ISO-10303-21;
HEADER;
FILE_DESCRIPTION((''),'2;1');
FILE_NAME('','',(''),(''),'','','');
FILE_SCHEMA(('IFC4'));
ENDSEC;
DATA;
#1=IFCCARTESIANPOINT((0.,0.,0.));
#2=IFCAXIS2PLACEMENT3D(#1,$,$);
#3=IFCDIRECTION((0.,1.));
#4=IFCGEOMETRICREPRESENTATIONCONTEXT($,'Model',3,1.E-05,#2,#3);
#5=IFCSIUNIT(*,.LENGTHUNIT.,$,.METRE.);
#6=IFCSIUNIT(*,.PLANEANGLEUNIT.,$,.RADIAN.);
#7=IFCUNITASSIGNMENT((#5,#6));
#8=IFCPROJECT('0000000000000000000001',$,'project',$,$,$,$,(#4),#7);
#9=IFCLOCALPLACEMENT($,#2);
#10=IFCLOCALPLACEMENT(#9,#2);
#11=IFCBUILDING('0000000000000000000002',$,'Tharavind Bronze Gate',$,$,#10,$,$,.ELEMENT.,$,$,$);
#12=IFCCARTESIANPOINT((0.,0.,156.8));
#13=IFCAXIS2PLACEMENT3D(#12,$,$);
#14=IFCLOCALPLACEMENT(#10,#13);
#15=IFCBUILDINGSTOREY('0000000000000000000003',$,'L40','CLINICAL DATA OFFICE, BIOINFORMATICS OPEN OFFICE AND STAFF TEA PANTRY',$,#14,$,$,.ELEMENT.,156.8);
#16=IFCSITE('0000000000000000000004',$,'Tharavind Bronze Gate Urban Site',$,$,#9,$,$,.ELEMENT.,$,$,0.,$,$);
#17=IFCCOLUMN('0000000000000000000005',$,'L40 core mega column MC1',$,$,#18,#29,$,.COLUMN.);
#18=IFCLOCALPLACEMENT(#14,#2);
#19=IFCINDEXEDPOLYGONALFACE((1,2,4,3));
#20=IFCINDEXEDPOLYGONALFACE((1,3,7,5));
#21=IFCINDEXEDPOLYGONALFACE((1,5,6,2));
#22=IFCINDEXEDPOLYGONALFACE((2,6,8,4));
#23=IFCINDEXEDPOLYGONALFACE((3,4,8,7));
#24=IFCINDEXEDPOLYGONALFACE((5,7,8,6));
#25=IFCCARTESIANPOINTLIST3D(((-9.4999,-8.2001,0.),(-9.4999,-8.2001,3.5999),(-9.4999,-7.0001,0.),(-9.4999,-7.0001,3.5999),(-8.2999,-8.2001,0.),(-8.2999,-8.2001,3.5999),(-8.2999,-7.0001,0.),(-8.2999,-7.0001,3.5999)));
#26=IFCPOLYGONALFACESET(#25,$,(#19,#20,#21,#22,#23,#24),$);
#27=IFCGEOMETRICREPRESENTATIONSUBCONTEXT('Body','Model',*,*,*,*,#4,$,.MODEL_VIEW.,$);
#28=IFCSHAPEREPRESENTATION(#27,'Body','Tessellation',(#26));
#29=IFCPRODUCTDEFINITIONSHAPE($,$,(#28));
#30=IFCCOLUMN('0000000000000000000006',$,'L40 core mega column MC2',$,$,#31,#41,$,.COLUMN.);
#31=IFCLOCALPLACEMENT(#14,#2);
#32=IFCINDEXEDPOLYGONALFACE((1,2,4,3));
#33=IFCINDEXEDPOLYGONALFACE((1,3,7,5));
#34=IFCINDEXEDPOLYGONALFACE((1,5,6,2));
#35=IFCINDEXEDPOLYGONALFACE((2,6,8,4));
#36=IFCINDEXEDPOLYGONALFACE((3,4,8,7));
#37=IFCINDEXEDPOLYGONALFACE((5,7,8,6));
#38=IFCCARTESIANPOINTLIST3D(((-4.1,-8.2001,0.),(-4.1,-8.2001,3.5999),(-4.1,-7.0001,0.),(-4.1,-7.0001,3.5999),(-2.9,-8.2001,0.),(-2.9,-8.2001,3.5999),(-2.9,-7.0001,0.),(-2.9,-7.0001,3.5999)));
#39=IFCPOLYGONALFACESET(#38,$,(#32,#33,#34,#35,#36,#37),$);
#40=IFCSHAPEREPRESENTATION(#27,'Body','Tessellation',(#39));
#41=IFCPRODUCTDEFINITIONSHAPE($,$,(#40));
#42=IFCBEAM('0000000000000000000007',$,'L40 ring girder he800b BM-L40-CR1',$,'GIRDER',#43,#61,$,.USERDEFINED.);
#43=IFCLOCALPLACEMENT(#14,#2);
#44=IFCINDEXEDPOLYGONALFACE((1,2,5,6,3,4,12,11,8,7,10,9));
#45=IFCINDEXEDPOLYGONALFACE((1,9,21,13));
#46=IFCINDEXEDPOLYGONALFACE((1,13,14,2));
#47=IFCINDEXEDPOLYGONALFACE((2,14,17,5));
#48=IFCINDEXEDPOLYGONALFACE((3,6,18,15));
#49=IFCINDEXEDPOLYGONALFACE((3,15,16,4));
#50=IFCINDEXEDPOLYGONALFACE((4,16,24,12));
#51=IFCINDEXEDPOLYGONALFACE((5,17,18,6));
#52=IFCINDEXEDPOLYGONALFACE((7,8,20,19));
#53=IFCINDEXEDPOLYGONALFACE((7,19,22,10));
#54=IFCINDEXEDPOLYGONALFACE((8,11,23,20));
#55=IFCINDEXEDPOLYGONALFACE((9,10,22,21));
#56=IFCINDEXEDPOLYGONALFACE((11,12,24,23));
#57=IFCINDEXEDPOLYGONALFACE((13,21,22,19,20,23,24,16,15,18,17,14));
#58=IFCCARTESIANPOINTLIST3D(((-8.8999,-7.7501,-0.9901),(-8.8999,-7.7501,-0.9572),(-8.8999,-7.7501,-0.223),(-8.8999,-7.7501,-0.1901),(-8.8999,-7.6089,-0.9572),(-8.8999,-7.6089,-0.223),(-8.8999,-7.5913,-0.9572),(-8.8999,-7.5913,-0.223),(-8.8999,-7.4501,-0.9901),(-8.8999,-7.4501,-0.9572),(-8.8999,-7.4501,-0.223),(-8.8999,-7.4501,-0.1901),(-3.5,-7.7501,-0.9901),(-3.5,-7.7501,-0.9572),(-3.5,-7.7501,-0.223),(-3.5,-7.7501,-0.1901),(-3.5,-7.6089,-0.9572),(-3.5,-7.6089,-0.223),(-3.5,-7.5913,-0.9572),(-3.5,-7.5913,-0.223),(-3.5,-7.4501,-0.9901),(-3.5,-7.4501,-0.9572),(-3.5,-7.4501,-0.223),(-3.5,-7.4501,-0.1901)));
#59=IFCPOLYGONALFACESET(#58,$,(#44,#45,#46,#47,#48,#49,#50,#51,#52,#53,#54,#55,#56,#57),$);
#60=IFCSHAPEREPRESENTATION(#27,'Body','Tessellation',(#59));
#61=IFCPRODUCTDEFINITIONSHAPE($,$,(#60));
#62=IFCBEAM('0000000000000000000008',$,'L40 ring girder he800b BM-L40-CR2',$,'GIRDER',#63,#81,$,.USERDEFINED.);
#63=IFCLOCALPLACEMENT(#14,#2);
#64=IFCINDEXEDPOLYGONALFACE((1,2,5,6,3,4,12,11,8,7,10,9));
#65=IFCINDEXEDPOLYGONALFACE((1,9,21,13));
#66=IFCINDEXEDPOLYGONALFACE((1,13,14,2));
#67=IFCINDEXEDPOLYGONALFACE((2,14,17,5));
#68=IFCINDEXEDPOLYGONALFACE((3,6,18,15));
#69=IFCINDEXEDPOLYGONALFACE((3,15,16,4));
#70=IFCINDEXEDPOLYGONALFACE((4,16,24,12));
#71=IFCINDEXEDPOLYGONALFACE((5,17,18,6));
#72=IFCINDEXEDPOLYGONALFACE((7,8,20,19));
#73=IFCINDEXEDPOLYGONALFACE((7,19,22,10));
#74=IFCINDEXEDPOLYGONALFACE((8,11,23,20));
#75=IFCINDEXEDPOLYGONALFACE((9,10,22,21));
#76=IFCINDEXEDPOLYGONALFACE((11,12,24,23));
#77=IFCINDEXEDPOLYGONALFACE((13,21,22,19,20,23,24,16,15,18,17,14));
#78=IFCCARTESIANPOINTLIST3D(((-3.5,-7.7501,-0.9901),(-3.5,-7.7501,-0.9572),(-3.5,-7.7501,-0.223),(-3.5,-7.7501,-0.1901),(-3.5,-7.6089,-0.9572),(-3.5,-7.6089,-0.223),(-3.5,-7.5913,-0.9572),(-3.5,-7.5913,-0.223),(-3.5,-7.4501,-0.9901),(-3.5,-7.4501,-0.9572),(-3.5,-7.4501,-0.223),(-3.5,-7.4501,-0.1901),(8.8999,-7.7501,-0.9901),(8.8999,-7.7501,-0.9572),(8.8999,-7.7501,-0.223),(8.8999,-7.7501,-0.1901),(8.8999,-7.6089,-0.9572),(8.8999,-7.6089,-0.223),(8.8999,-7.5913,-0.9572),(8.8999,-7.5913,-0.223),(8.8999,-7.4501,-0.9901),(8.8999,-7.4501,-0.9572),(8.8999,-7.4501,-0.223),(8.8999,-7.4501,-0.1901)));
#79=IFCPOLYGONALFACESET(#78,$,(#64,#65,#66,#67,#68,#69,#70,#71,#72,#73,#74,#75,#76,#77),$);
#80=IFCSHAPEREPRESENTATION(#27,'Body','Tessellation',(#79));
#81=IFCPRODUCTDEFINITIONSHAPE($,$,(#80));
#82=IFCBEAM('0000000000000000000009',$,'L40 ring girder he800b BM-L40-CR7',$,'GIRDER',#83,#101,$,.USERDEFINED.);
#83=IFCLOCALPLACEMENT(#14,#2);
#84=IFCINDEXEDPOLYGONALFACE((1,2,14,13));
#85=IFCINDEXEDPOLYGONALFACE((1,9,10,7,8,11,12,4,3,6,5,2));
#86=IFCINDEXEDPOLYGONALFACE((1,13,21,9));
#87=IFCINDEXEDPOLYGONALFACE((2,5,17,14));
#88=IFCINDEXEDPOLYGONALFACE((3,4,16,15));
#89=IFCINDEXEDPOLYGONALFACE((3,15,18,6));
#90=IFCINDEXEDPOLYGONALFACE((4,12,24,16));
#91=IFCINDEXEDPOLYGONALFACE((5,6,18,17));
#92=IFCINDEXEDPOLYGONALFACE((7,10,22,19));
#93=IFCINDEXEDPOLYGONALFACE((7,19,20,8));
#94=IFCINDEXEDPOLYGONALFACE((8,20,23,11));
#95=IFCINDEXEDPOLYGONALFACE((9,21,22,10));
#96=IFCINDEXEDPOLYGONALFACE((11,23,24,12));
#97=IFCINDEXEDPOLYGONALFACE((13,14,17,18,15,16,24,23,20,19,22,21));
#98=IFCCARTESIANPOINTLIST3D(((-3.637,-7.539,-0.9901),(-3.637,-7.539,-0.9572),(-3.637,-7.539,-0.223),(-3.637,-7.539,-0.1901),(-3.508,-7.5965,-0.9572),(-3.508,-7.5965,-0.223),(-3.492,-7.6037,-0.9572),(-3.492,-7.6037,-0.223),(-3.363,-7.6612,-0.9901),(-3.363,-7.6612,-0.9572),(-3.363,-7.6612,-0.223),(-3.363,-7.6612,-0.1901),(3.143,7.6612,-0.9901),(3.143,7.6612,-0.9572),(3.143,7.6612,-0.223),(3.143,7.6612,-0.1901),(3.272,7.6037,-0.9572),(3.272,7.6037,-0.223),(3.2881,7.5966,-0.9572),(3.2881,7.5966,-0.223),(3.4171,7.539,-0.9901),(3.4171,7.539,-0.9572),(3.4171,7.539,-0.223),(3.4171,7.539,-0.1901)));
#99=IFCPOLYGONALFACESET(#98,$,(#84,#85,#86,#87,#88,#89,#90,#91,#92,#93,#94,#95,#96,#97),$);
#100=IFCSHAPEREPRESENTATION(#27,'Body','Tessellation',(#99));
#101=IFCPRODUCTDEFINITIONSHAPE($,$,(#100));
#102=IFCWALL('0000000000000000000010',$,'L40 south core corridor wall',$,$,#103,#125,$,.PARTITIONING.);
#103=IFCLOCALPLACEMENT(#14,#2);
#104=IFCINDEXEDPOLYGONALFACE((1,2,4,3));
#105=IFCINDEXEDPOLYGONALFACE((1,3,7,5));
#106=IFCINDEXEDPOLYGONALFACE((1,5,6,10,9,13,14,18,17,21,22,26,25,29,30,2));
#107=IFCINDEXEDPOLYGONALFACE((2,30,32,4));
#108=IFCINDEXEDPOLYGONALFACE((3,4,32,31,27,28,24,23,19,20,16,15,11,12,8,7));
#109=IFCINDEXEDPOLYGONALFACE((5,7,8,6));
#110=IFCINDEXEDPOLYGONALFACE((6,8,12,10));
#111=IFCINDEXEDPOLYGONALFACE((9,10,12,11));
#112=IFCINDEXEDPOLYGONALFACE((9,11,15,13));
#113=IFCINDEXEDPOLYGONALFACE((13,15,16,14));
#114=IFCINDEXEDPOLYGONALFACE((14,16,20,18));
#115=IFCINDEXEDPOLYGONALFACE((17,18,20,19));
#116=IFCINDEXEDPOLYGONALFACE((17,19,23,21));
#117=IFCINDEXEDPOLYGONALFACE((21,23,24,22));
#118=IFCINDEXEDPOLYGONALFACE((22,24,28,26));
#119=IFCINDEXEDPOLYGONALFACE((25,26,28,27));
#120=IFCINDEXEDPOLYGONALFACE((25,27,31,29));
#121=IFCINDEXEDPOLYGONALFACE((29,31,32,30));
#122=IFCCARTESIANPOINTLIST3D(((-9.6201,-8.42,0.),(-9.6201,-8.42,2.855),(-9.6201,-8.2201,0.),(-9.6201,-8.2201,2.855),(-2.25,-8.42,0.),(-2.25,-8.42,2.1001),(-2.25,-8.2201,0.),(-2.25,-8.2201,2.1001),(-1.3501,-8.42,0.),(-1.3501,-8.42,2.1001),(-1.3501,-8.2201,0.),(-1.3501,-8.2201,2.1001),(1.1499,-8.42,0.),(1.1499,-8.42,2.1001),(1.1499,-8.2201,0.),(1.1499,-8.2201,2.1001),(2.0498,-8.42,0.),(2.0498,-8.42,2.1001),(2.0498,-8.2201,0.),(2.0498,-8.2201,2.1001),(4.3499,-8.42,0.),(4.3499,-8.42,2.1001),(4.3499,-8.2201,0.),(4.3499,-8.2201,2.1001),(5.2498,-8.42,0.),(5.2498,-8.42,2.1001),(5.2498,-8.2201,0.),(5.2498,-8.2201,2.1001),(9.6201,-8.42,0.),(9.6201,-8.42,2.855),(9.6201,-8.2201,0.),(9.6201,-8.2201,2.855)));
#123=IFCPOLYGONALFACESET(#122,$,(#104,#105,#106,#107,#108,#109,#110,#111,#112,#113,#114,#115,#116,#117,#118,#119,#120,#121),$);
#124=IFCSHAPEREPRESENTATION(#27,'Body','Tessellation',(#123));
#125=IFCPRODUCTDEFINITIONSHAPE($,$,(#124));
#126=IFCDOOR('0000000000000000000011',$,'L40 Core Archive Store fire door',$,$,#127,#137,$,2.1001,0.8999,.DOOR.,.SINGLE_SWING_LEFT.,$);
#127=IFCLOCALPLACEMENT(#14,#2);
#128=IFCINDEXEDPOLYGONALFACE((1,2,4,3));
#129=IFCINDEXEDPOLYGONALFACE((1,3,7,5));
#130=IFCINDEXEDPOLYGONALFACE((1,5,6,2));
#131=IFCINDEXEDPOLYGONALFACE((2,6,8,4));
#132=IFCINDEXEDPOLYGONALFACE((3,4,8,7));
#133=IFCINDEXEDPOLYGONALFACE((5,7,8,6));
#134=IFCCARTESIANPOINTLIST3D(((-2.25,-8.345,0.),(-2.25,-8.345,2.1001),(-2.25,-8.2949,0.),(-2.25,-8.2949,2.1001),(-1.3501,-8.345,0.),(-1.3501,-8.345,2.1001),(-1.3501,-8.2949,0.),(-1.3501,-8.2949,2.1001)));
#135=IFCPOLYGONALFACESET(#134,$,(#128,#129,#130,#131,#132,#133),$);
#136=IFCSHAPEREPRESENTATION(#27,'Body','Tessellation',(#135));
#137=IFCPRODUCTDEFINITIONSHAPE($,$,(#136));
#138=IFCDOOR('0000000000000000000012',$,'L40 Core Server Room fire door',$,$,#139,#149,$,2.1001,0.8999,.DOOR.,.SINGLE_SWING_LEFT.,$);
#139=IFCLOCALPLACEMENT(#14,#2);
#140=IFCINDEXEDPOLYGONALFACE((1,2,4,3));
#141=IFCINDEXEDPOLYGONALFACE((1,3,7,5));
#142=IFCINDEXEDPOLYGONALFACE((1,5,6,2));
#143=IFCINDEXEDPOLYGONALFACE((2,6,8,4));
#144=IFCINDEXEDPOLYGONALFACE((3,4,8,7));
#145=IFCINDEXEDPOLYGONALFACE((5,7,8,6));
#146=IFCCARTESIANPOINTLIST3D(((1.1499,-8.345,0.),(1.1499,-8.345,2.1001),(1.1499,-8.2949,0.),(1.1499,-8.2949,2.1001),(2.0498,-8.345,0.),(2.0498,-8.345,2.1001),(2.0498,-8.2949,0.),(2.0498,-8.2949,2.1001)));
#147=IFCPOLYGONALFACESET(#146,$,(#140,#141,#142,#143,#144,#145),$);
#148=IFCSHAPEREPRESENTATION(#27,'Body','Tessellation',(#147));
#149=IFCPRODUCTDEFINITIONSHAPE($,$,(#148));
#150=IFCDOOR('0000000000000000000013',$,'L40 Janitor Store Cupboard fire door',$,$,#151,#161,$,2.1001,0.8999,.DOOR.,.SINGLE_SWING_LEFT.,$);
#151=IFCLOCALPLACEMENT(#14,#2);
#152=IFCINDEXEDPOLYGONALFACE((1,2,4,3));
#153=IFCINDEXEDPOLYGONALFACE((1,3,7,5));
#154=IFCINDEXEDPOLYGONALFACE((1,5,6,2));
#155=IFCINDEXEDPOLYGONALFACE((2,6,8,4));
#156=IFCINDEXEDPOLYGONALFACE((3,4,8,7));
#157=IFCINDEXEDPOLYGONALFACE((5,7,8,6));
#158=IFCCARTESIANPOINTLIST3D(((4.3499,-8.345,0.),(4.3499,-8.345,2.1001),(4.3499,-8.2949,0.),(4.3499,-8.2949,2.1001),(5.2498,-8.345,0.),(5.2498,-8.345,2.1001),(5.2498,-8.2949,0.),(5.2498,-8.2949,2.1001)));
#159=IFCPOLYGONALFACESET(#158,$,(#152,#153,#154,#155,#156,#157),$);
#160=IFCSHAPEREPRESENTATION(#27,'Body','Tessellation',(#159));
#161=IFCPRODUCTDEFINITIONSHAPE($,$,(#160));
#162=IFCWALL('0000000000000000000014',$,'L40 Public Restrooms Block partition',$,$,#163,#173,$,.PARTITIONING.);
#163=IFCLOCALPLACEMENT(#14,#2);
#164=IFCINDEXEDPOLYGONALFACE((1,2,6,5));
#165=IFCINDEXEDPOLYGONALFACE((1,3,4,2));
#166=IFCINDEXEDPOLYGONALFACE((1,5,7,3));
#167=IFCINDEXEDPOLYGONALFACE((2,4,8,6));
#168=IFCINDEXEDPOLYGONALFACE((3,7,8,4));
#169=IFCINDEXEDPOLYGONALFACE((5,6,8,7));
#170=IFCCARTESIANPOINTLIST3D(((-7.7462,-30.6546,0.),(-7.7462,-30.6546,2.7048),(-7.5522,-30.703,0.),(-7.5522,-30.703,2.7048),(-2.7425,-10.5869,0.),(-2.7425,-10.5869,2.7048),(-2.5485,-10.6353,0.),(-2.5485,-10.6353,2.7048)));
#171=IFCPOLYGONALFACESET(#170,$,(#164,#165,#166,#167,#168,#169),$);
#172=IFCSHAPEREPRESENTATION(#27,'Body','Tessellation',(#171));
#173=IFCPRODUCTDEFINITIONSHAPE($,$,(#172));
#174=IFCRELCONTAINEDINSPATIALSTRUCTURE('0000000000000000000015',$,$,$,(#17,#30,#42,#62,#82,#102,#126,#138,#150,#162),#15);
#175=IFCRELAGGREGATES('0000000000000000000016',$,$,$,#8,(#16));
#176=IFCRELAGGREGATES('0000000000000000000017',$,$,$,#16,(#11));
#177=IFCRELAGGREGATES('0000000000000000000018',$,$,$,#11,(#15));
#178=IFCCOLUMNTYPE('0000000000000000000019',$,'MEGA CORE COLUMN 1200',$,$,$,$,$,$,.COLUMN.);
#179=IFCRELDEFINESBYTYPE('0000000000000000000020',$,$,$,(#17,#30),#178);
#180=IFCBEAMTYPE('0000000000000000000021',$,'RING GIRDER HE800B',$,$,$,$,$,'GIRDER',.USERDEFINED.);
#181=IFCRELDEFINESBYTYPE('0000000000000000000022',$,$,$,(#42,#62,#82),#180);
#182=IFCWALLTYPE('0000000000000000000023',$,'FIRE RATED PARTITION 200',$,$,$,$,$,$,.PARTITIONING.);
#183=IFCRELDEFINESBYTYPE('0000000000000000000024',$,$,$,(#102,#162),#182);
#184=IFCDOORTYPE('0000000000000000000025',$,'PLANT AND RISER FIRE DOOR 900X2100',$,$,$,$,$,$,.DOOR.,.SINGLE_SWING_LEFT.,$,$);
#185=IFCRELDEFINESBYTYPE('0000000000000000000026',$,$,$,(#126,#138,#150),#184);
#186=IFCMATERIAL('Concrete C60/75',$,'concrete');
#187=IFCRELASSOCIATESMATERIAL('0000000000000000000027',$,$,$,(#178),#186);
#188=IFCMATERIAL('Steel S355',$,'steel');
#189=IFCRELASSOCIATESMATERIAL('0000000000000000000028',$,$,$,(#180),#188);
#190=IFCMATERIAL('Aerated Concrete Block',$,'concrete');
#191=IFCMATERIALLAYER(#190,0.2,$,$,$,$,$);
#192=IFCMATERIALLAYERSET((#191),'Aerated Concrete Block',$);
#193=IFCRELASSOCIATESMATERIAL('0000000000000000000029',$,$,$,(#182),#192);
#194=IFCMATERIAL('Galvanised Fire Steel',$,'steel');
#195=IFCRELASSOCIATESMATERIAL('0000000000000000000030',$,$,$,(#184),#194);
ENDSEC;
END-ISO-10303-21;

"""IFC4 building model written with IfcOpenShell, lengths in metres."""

from ifc_helpers import new_model, si_unit, direction, frame, frame_2d, origin, origin_2d, place, context, subcontext, project, spatial, rectangle, i_section, extrude, material, layer, layer_set, material_profile, profile_set, type_object, element, fill, save


model = new_model("IFC4")

# Units and contexts
model_context = context("Model", 3, precision=1e-05, world=origin(), true_north=direction((0.0, 1.0)))
body_context = subcontext(model_context, "Body", "Model", "MODEL_VIEW")
ifc_project = project(units=[si_unit("LENGTHUNIT", "METRE"), si_unit("PLANEANGLEUNIT", "RADIAN")], contexts=[model_context])

# Site, building, storey
site_placement = place(None, origin())
site = spatial("IfcSite", under=ifc_project, at=site_placement, Name="Tharavind Bronze Gate Urban Site", CompositionType="ELEMENT", RefElevation=0.0)
building_placement = place(site_placement, origin())
building = spatial("IfcBuilding", under=site, at=building_placement, Name="Tharavind Bronze Gate", CompositionType="ELEMENT")
storey_placement = place(building_placement, frame((0.0, 0.0, 156.8)))
storey = spatial("IfcBuildingStorey", under=building, at=storey_placement, Name="L40", Description="CLINICAL DATA OFFICE, BIOINFORMATICS OPEN OFFICE AND STAFF TEA PANTRY", CompositionType="ELEMENT", Elevation=156.8)

# Columns
ifc_material_1 = material(Name="Concrete C60/75", Category="concrete")
ifc_material_profile_1 = material_profile(ifc_material_1, rectangle(XDim=1.2, YDim=1.2, at=origin_2d()), Name="RCCOL1200")
ifc_profile_set_1 = profile_set([ifc_material_profile_1], Name="Concrete C60/75")
column_type = type_object("IfcColumnType", Name="MEGA CORE COLUMN 1200", PredefinedType="COLUMN", material=ifc_profile_set_1)
for number, where, z_axis, x_axis, name in (
    (1, (-8.8999, -7.6001, 0.0), (0.0, 0.0, 1.0), (1.0, 0.0, 0.0), "L40 core mega column MC1"),
    (2, (-3.5, -7.6001, 0.0), (0.0, 0.0, 1.0), (1.0, 0.0, 0.0), "L40 core mega column MC2"),
):
    element("IfcColumn", number, at=place(storey_placement, frame(where, z_axis=z_axis, x_axis=x_axis)), inside=storey, type_object=column_type, Name=name, PredefinedType="COLUMN", context=body_context, shape_type="SweptSolid", body=[
        extrude(rectangle(XDim=1.2, YDim=1.2, at=origin_2d()), origin(), (0.0, 0.0, 1.0), 3.5999),
    ])

# Beams
ifc_material_2 = material(Name="Steel S355", Category="steel")
ifc_material_profile_2 = material_profile(ifc_material_2, i_section(OverallWidth=0.3, OverallDepth=0.8, WebThickness=0.0176, FlangeThickness=0.033, at=origin_2d()), Name="HE800B")
ifc_profile_set_2 = profile_set([ifc_material_profile_2], Name="Steel S355")
beam_type = type_object("IfcBeamType", Name="RING GIRDER HE800B", ElementType="GIRDER", PredefinedType="USERDEFINED", material=ifc_profile_set_2)
beam_1_placement = place(storey_placement, frame((-8.8999, -7.6001, -0.5901), z_axis=(1.0, 0.0, 0.0), x_axis=(0.0, 1.0, 0.0)))
element("IfcBeam", 3, at=beam_1_placement, inside=storey, type_object=beam_type, Name="L40 ring girder he800b BM-L40-CR1", ObjectType="GIRDER", PredefinedType="USERDEFINED", context=body_context, shape_type="SweptSolid", body=[
    extrude(i_section(OverallWidth=0.3, OverallDepth=0.8, WebThickness=0.0176, FlangeThickness=0.033, at=origin_2d()), origin(), (0.0, 0.0, 1.0), 5.3999),
])
beam_2_placement = place(storey_placement, frame((-3.5, -7.6001, -0.5901), z_axis=(1.0, 0.0, 0.0), x_axis=(0.0, 1.0, 0.0)))
element("IfcBeam", 4, at=beam_2_placement, inside=storey, type_object=beam_type, Name="L40 ring girder he800b BM-L40-CR2", ObjectType="GIRDER", PredefinedType="USERDEFINED", context=body_context, shape_type="SweptSolid", body=[
    extrude(i_section(OverallWidth=0.3, OverallDepth=0.8, WebThickness=0.0176, FlangeThickness=0.033, at=origin_2d()), origin(), (0.0, 0.0, 1.0), 12.3999),
])
beam_3_placement = place(storey_placement, frame((-3.5, -7.6001, -0.5901), z_axis=(0.407362, 0.913267, 0.0), x_axis=(-0.913267, 0.407362, 0.0)))
element("IfcBeam", 5, at=beam_3_placement, inside=storey, type_object=beam_type, Name="L40 ring girder he800b BM-L40-CR7", ObjectType="GIRDER", PredefinedType="USERDEFINED", context=body_context, shape_type="SweptSolid", body=[
    extrude(i_section(OverallWidth=0.3, OverallDepth=0.8, WebThickness=0.0176, FlangeThickness=0.033, at=origin_2d()), origin(), (0.0, 0.0, 1.0), 16.6438),
])

# Wall, openings, doors
ifc_material_3 = material(Name="Aerated Concrete Block", Category="concrete")
ifc_layer_1 = layer(ifc_material_3, 0.2)
ifc_layer_set_1 = layer_set([ifc_layer_1], Name="Aerated Concrete Block")
wall_type_1 = type_object("IfcWallType", Name="FIRE RATED PARTITION 200", PredefinedType="PARTITIONING", material=ifc_layer_set_1)
wall_1_placement = place(storey_placement, frame((-9.6201, -8.3201, 0.0), z_axis=(0.0, 0.0, 1.0), x_axis=(1.0, 0.0, 0.0)))
wall_1 = element("IfcWall", 6, at=wall_1_placement, inside=storey, type_object=wall_type_1, Name="L40 south core corridor wall", PredefinedType="PARTITIONING", context=body_context, shape_type="SweptSolid", body=[
    extrude(rectangle(XDim=19.2402, YDim=0.2, at=frame_2d((9.6201, 0.0))), origin(), (0.0, 0.0, 1.0), 2.855),
])
opening_1_placement = place(wall_1_placement, frame((7.3701, 0.0, 0.0)))
opening_1 = element("IfcOpeningElement", 7, at=opening_1_placement, cuts=wall_1, PredefinedType="OPENING", context=body_context, shape_type="SweptSolid", body=[
    extrude(rectangle(XDim=0.8999, YDim=2.1001, at=frame_2d((0.45, 1.05))), frame((0.0, 0.1101, 0.0), z_axis=(0.0, -1.0, 0.0), x_axis=(1.0, 0.0, 0.0)), (0.0, 0.0, 1.0), 0.22),
])
opening_2_placement = place(wall_1_placement, frame((10.77, 0.0, 0.0)))
opening_2 = element("IfcOpeningElement", 8, at=opening_2_placement, cuts=wall_1, PredefinedType="OPENING", context=body_context, shape_type="SweptSolid", body=[
    extrude(rectangle(XDim=0.8999, YDim=2.1001, at=frame_2d((0.45, 1.05))), frame((0.0, 0.1101, 0.0), z_axis=(0.0, -1.0, 0.0), x_axis=(1.0, 0.0, 0.0)), (0.0, 0.0, 1.0), 0.22),
])
opening_3_placement = place(wall_1_placement, frame((13.97, 0.0, 0.0)))
opening_3 = element("IfcOpeningElement", 9, at=opening_3_placement, cuts=wall_1, PredefinedType="OPENING", context=body_context, shape_type="SweptSolid", body=[
    extrude(rectangle(XDim=0.8999, YDim=2.1001, at=frame_2d((0.45, 1.05))), frame((0.0, 0.1101, 0.0), z_axis=(0.0, -1.0, 0.0), x_axis=(1.0, 0.0, 0.0)), (0.0, 0.0, 1.0), 0.22),
])
ifc_material_4 = material(Name="Galvanised Fire Steel", Category="steel")
door_type_1 = type_object("IfcDoorType", Name="PLANT AND RISER FIRE DOOR 900X2100", OperationType="SINGLE_SWING_LEFT", PredefinedType="DOOR", material=ifc_material_4)
door_1_placement = place(opening_1_placement, frame((0.8999, 0.0, 0.0), z_axis=(0.0, 0.0, 1.0), x_axis=(-1.0, 0.0, 0.0)))
door_1 = element("IfcDoor", 10, at=door_1_placement, inside=storey, type_object=door_type_1, Name="L40 Core Archive Store fire door", OperationType="SINGLE_SWING_LEFT", OverallHeight=2.1001, OverallWidth=0.8999, PredefinedType="DOOR", context=body_context, shape_type="SweptSolid", body=[
    extrude(rectangle(XDim=0.8999, YDim=2.1001, at=frame_2d((0.45, 1.05))), frame((0.0, 0.0249, 0.0), z_axis=(0.0, -1.0, 0.0), x_axis=(1.0, 0.0, 0.0)), (0.0, 0.0, 1.0), 0.05),
])
fill(opening_1, door_1)
door_2_placement = place(opening_2_placement, frame((0.8999, 0.0, 0.0), z_axis=(0.0, 0.0, 1.0), x_axis=(-1.0, 0.0, 0.0)))
door_2 = element("IfcDoor", 11, at=door_2_placement, inside=storey, type_object=door_type_1, Name="L40 Core Server Room fire door", OperationType="SINGLE_SWING_LEFT", OverallHeight=2.1001, OverallWidth=0.8999, PredefinedType="DOOR", context=body_context, shape_type="SweptSolid", body=[
    extrude(rectangle(XDim=0.8999, YDim=2.1001, at=frame_2d((0.45, 1.05))), frame((0.0, 0.0249, 0.0), z_axis=(0.0, -1.0, 0.0), x_axis=(1.0, 0.0, 0.0)), (0.0, 0.0, 1.0), 0.05),
])
fill(opening_2, door_2)
door_3_placement = place(opening_3_placement, frame((0.8999, 0.0, 0.0), z_axis=(0.0, 0.0, 1.0), x_axis=(-1.0, 0.0, 0.0)))
door_3 = element("IfcDoor", 12, at=door_3_placement, inside=storey, type_object=door_type_1, Name="L40 Janitor Store Cupboard fire door", OperationType="SINGLE_SWING_LEFT", OverallHeight=2.1001, OverallWidth=0.8999, PredefinedType="DOOR", context=body_context, shape_type="SweptSolid", body=[
    extrude(rectangle(XDim=0.8999, YDim=2.1001, at=frame_2d((0.45, 1.05))), frame((0.0, 0.0249, 0.0), z_axis=(0.0, -1.0, 0.0), x_axis=(1.0, 0.0, 0.0)), (0.0, 0.0, 1.0), 0.05),
])
fill(opening_3, door_3)

# Wall
wall_2_placement = place(storey_placement, frame((-2.6455, -10.6111, 0.0), z_axis=(0.0, 0.0, 1.0), x_axis=(-0.241933, -0.970293, 0.0)))
element("IfcWall", 13, at=wall_2_placement, inside=storey, type_object=wall_type_1, Name="L40 Public Restrooms Block partition", PredefinedType="PARTITIONING", context=body_context, shape_type="SweptSolid", body=[
    extrude(rectangle(XDim=20.6821, YDim=0.2, at=frame_2d((10.3411, 0.0))), origin(), (0.0, 0.0, 1.0), 2.7048),
])

save(model, "model.ifc")
